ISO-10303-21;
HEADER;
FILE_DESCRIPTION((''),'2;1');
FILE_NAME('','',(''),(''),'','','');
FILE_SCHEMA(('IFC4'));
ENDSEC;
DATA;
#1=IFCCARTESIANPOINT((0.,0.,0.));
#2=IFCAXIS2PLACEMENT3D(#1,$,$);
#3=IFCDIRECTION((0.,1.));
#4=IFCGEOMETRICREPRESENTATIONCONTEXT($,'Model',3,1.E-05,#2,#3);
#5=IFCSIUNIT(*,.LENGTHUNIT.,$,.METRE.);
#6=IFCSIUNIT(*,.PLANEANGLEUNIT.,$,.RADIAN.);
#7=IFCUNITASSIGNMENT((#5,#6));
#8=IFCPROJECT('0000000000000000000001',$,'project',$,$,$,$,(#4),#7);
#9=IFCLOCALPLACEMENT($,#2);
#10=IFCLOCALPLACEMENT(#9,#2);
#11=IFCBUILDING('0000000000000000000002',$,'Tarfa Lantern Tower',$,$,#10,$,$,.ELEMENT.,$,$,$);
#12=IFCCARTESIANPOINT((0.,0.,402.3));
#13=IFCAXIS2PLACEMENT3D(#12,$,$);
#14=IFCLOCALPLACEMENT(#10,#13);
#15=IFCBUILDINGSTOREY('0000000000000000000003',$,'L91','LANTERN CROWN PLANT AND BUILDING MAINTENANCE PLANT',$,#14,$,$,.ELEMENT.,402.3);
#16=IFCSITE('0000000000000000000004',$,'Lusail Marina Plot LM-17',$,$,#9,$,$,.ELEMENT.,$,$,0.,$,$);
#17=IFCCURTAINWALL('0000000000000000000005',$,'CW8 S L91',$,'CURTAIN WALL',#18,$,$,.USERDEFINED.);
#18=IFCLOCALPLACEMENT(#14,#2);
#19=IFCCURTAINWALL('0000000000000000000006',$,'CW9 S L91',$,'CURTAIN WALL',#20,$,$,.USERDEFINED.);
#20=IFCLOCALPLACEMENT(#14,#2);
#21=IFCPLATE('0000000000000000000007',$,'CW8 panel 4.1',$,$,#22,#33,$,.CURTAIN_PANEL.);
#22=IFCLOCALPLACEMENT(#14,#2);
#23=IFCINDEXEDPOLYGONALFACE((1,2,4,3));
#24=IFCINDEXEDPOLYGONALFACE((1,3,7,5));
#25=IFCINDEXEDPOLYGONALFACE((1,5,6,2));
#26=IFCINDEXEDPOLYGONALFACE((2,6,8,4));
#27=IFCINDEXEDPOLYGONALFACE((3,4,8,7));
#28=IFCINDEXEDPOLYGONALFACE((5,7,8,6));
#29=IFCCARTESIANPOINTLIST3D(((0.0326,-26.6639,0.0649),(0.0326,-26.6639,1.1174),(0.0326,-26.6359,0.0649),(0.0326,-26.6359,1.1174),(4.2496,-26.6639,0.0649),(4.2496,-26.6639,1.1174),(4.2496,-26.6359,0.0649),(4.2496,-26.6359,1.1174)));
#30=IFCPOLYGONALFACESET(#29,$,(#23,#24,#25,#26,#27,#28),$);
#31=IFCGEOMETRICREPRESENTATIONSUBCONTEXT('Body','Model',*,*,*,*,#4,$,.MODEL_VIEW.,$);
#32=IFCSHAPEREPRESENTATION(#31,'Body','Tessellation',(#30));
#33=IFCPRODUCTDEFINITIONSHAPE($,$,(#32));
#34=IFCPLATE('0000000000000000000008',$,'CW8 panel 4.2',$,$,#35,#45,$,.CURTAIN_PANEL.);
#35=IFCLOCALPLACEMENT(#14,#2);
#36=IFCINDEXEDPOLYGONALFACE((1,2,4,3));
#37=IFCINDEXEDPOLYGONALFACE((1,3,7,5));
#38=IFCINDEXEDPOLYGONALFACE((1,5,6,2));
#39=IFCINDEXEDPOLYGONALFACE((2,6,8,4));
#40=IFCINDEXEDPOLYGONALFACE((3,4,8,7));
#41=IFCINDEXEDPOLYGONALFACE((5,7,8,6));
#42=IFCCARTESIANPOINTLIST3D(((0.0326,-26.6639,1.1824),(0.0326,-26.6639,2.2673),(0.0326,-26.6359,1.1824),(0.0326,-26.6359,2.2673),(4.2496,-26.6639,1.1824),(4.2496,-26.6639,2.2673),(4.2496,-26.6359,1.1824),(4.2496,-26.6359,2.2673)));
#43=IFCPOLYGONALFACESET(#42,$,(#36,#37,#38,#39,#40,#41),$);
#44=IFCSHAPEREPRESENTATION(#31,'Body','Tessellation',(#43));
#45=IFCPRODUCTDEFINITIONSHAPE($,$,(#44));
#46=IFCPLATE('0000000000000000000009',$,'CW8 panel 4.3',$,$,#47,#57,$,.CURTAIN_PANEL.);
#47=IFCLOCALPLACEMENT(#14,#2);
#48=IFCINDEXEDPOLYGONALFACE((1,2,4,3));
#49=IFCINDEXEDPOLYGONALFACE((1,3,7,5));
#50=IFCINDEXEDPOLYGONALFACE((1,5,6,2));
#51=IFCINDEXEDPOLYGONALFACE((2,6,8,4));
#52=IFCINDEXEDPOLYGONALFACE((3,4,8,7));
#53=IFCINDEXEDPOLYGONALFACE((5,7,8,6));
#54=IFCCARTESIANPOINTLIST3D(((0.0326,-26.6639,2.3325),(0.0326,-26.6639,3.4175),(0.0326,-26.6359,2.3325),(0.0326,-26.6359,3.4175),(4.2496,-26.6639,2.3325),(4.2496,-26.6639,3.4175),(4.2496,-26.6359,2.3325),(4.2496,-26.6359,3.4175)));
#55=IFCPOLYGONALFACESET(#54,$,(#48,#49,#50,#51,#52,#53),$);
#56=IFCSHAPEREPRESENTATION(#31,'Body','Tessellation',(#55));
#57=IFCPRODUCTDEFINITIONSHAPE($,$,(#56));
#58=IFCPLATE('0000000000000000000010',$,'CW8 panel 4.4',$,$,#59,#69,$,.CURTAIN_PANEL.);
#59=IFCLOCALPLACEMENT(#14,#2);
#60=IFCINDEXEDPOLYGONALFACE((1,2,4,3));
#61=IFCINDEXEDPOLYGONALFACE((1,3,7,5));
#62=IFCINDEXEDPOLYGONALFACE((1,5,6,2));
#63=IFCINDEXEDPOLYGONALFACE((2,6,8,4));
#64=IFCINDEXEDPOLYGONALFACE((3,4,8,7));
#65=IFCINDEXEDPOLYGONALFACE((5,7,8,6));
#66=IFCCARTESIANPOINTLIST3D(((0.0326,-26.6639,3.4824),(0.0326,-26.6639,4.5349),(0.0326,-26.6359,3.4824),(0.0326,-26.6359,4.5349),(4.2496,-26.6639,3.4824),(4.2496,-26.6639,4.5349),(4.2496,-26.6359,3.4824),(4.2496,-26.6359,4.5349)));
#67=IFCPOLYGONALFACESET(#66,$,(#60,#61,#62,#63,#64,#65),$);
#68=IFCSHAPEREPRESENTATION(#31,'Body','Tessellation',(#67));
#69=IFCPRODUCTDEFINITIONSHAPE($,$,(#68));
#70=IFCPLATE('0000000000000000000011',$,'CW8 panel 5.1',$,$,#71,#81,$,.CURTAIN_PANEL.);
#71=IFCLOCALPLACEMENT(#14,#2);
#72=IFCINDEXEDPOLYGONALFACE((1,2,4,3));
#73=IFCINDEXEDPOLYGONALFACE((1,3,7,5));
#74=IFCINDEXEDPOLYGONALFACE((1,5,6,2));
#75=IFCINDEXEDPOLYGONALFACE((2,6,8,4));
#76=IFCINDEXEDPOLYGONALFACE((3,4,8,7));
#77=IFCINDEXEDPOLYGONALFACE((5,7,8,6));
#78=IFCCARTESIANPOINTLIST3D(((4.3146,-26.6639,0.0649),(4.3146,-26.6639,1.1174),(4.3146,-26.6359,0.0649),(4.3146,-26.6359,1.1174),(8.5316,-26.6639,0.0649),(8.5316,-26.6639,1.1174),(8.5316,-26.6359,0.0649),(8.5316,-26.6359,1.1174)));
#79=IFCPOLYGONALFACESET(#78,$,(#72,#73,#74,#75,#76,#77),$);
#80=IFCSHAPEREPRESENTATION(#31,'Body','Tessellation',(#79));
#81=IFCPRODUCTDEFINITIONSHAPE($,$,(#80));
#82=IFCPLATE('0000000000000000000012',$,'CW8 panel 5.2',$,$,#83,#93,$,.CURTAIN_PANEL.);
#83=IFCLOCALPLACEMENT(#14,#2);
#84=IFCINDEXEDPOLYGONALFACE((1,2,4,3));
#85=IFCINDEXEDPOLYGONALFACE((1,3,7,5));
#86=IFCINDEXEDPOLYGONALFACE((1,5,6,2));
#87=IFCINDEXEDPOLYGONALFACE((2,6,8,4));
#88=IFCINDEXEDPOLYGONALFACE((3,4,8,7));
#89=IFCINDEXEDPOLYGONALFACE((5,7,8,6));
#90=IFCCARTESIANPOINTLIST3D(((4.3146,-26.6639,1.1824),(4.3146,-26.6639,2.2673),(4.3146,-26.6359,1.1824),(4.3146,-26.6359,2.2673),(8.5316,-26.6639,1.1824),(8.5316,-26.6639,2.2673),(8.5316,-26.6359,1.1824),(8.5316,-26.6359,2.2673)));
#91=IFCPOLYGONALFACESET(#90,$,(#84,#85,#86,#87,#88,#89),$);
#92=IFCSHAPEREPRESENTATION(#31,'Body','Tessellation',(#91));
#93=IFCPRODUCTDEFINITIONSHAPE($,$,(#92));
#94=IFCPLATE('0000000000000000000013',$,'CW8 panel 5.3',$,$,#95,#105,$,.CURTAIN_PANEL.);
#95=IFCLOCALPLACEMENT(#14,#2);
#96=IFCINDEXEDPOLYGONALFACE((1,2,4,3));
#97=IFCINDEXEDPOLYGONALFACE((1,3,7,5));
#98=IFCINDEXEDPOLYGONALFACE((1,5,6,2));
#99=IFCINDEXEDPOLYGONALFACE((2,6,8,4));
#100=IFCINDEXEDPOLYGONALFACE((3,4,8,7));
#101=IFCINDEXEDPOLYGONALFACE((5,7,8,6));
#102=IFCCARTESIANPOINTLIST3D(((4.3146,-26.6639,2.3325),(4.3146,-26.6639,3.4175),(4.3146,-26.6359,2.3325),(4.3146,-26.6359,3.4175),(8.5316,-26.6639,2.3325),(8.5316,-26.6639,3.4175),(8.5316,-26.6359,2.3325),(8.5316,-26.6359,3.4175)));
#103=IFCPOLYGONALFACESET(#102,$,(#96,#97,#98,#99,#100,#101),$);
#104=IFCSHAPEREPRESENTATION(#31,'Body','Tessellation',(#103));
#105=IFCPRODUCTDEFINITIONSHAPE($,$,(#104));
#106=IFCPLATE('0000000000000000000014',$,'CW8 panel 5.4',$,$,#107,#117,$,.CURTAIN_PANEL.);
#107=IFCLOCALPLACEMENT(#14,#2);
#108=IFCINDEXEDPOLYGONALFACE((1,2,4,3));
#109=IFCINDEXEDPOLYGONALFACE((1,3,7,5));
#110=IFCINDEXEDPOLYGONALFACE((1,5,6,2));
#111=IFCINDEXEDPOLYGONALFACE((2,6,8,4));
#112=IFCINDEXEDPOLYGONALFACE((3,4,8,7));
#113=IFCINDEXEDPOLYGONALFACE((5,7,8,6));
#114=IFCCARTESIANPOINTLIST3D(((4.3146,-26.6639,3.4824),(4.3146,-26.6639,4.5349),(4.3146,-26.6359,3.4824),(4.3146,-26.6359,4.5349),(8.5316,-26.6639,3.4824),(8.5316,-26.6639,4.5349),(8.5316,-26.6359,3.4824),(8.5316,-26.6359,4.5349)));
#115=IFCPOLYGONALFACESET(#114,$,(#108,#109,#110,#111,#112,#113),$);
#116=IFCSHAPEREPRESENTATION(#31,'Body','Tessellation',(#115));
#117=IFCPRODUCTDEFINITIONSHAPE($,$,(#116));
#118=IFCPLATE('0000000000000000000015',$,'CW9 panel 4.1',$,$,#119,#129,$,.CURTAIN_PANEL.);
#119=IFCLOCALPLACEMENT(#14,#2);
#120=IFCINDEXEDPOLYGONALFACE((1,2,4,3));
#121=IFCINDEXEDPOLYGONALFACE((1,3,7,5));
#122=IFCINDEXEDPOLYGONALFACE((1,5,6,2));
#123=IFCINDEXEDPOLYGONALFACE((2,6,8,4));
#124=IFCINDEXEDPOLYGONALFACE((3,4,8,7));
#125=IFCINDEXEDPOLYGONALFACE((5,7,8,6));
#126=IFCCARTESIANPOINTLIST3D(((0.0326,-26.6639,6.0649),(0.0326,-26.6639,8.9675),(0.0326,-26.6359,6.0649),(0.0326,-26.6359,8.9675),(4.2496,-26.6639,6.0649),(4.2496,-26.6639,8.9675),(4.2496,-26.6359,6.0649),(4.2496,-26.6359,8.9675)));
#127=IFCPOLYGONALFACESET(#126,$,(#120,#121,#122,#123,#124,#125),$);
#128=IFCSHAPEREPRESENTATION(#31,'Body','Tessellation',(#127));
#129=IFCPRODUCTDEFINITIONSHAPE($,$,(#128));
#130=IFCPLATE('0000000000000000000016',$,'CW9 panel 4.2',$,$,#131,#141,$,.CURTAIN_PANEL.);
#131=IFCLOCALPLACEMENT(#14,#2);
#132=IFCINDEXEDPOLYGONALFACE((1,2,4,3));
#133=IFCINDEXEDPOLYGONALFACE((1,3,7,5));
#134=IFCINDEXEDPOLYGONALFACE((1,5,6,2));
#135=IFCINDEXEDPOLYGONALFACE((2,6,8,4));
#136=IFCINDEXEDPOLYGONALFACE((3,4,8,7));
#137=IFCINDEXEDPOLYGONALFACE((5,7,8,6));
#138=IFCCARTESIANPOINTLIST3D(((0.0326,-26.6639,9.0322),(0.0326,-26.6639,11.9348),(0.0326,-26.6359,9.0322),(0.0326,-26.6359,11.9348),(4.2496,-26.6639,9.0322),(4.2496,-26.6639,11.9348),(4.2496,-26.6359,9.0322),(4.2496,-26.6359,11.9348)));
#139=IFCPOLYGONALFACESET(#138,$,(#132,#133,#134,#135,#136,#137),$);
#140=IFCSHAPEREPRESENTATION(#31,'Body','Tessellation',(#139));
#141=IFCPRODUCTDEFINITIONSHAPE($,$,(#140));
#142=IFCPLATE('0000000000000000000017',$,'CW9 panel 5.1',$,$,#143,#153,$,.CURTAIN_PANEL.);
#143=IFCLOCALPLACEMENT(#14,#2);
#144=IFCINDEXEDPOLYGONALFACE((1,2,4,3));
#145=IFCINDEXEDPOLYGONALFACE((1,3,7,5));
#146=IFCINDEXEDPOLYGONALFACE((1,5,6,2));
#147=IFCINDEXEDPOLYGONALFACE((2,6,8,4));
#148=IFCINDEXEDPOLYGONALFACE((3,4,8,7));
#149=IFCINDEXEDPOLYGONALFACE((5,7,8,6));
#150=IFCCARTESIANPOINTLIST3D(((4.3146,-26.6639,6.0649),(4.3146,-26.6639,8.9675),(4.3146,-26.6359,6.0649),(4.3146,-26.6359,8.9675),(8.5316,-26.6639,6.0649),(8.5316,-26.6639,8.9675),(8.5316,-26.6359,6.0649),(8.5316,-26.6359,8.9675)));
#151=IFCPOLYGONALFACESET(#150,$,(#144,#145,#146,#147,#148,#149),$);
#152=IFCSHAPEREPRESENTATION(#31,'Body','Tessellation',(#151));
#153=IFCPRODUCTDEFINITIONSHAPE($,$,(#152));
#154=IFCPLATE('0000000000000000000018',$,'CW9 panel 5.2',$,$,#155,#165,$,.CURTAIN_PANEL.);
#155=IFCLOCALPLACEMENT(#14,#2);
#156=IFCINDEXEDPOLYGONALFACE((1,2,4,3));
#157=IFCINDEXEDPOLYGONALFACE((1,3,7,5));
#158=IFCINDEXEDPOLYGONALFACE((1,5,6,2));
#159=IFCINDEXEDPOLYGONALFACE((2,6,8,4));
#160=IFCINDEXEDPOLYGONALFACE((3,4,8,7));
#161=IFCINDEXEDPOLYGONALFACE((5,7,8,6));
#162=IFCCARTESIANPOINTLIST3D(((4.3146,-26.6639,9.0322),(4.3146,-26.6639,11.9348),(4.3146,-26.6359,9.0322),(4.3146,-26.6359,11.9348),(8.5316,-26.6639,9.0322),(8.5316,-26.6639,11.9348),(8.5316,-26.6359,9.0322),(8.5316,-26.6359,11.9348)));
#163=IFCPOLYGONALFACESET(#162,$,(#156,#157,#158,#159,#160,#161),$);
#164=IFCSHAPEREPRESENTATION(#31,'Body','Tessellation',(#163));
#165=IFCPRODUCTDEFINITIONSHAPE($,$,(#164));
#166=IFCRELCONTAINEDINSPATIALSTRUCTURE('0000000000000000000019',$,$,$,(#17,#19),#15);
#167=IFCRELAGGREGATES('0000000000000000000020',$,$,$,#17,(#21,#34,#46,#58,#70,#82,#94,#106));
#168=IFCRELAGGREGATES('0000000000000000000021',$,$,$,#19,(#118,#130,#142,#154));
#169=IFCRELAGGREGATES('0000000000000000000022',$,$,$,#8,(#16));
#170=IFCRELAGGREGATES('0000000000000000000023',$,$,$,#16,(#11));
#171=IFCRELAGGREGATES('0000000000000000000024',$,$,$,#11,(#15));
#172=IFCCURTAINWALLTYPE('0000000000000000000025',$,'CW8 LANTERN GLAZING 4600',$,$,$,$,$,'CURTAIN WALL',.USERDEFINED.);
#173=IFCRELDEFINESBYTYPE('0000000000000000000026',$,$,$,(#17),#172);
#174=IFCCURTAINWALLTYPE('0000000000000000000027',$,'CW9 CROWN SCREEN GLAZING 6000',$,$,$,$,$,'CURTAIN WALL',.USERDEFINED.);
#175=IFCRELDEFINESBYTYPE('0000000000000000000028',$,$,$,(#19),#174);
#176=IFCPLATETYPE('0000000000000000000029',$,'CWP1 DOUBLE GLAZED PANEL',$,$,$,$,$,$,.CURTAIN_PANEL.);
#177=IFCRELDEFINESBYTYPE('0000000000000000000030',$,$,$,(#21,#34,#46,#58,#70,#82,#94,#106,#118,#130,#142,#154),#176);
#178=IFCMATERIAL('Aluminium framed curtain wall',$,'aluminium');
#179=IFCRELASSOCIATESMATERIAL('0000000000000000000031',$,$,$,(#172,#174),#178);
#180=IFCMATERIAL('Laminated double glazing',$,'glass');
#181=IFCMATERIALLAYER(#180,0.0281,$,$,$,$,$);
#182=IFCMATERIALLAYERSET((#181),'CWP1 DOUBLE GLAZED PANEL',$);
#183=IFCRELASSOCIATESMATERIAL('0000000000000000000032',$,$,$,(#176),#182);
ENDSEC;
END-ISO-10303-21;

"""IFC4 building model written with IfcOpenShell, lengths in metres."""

from ifc_helpers import new_model, si_unit, direction, frame, origin, origin_2d, place, context, subcontext, project, spatial, rectangle, extrude, material, layer, layer_set, type_object, element, aggregate, save


model = new_model("IFC4")

# Units and contexts
model_context = context("Model", 3, precision=1e-05, world=origin(), true_north=direction((0.0, 1.0)))
body_context = subcontext(model_context, "Body", "Model", "MODEL_VIEW")
ifc_project = project(units=[si_unit("LENGTHUNIT", "METRE"), si_unit("PLANEANGLEUNIT", "RADIAN")], contexts=[model_context])

# Site, building, storey
site_placement = place(None, origin())
site = spatial("IfcSite", under=ifc_project, at=site_placement, Name="Lusail Marina Plot LM-17", CompositionType="ELEMENT", RefElevation=0.0)
building_placement = place(site_placement, origin())
building = spatial("IfcBuilding", under=site, at=building_placement, Name="Tarfa Lantern Tower", CompositionType="ELEMENT")
storey_placement = place(building_placement, frame((0.0, 0.0, 402.3)))
storey = spatial("IfcBuildingStorey", under=building, at=storey_placement, Name="L91", Description="LANTERN CROWN PLANT AND BUILDING MAINTENANCE PLANT", CompositionType="ELEMENT", Elevation=402.3)

# Curtain walls
ifc_material_1 = material(Name="Aluminium framed curtain wall", Category="aluminium")
curtain_wall_type_1 = type_object("IfcCurtainWallType", Name="CW8 LANTERN GLAZING 4600", ElementType="CURTAIN WALL", PredefinedType="USERDEFINED", material=ifc_material_1)
curtain_wall_1_placement = place(storey_placement, origin())
curtain_wall_1 = element("IfcCurtainWall", 1, at=curtain_wall_1_placement, inside=storey, type_object=curtain_wall_type_1, Name="CW8 S L91", ObjectType="CURTAIN WALL", PredefinedType="USERDEFINED")
curtain_wall_type_2 = type_object("IfcCurtainWallType", Name="CW9 CROWN SCREEN GLAZING 6000", ElementType="CURTAIN WALL", PredefinedType="USERDEFINED", material=ifc_material_1)
curtain_wall_2_placement = place(storey_placement, origin())
curtain_wall_2 = element("IfcCurtainWall", 2, at=curtain_wall_2_placement, inside=storey, type_object=curtain_wall_type_2, Name="CW9 S L91", ObjectType="CURTAIN WALL", PredefinedType="USERDEFINED")

# Plates
ifc_material_2 = material(Name="Laminated double glazing", Category="glass")
ifc_layer = layer(ifc_material_2, 0.0281)
ifc_layer_set = layer_set([ifc_layer], Name="CWP1 DOUBLE GLAZED PANEL")
plate_type = type_object("IfcPlateType", Name="CWP1 DOUBLE GLAZED PANEL", PredefinedType="CURTAIN_PANEL", material=ifc_layer_set)
plate_1_placement = place(storey_placement, frame((2.1411, -26.6499, 0.0649), z_axis=(0.0, 0.0, 1.0), x_axis=(1.0, 0.0, 0.0)))
plate_1 = element("IfcPlate", 3, at=plate_1_placement, type_object=plate_type, Name="CW8 panel 4.1", PredefinedType="CURTAIN_PANEL", context=body_context, shape_type="SweptSolid", body=[
    extrude(rectangle(XDim=4.217, YDim=0.0281, at=origin_2d()), origin(), (0.0, 0.0, 1.0), 1.0525),
])
plate_2_placement = place(storey_placement, frame((2.1411, -26.6499, 1.1824), z_axis=(0.0, 0.0, 1.0), x_axis=(1.0, 0.0, 0.0)))
plate_2 = element("IfcPlate", 4, at=plate_2_placement, type_object=plate_type, Name="CW8 panel 4.2", PredefinedType="CURTAIN_PANEL", context=body_context, shape_type="SweptSolid", body=[
    extrude(rectangle(XDim=4.217, YDim=0.0281, at=origin_2d()), origin(), (0.0, 0.0, 1.0), 1.085),
])
plate_3_placement = place(storey_placement, frame((2.1411, -26.6499, 2.3325), z_axis=(0.0, 0.0, 1.0), x_axis=(1.0, 0.0, 0.0)))
plate_3 = element("IfcPlate", 5, at=plate_3_placement, type_object=plate_type, Name="CW8 panel 4.3", PredefinedType="CURTAIN_PANEL", context=body_context, shape_type="SweptSolid", body=[
    extrude(rectangle(XDim=4.217, YDim=0.0281, at=origin_2d()), origin(), (0.0, 0.0, 1.0), 1.085),
])
plate_4_placement = place(storey_placement, frame((2.1411, -26.6499, 3.4824), z_axis=(0.0, 0.0, 1.0), x_axis=(1.0, 0.0, 0.0)))
plate_4 = element("IfcPlate", 6, at=plate_4_placement, type_object=plate_type, Name="CW8 panel 4.4", PredefinedType="CURTAIN_PANEL", context=body_context, shape_type="SweptSolid", body=[
    extrude(rectangle(XDim=4.217, YDim=0.0281, at=origin_2d()), origin(), (0.0, 0.0, 1.0), 1.0525),
])
plate_5_placement = place(storey_placement, frame((6.4231, -26.6499, 0.0649), z_axis=(0.0, 0.0, 1.0), x_axis=(1.0, 0.0, 0.0)))
plate_5 = element("IfcPlate", 7, at=plate_5_placement, type_object=plate_type, Name="CW8 panel 5.1", PredefinedType="CURTAIN_PANEL", context=body_context, shape_type="SweptSolid", body=[
    extrude(rectangle(XDim=4.217, YDim=0.0281, at=origin_2d()), origin(), (0.0, 0.0, 1.0), 1.0525),
])
plate_6_placement = place(storey_placement, frame((6.4231, -26.6499, 1.1824), z_axis=(0.0, 0.0, 1.0), x_axis=(1.0, 0.0, 0.0)))
plate_6 = element("IfcPlate", 8, at=plate_6_placement, type_object=plate_type, Name="CW8 panel 5.2", PredefinedType="CURTAIN_PANEL", context=body_context, shape_type="SweptSolid", body=[
    extrude(rectangle(XDim=4.217, YDim=0.0281, at=origin_2d()), origin(), (0.0, 0.0, 1.0), 1.085),
])
plate_7_placement = place(storey_placement, frame((6.4231, -26.6499, 2.3325), z_axis=(0.0, 0.0, 1.0), x_axis=(1.0, 0.0, 0.0)))
plate_7 = element("IfcPlate", 9, at=plate_7_placement, type_object=plate_type, Name="CW8 panel 5.3", PredefinedType="CURTAIN_PANEL", context=body_context, shape_type="SweptSolid", body=[
    extrude(rectangle(XDim=4.217, YDim=0.0281, at=origin_2d()), origin(), (0.0, 0.0, 1.0), 1.085),
])
plate_8_placement = place(storey_placement, frame((6.4231, -26.6499, 3.4824), z_axis=(0.0, 0.0, 1.0), x_axis=(1.0, 0.0, 0.0)))
plate_8 = element("IfcPlate", 10, at=plate_8_placement, type_object=plate_type, Name="CW8 panel 5.4", PredefinedType="CURTAIN_PANEL", context=body_context, shape_type="SweptSolid", body=[
    extrude(rectangle(XDim=4.217, YDim=0.0281, at=origin_2d()), origin(), (0.0, 0.0, 1.0), 1.0525),
])
aggregate(curtain_wall_1, [plate_1, plate_2, plate_3, plate_4, plate_5, plate_6, plate_7, plate_8])
plate_9_placement = place(storey_placement, frame((2.1411, -26.6499, 6.0649), z_axis=(0.0, 0.0, 1.0), x_axis=(1.0, 0.0, 0.0)))
plate_9 = element("IfcPlate", 11, at=plate_9_placement, type_object=plate_type, Name="CW9 panel 4.1", PredefinedType="CURTAIN_PANEL", context=body_context, shape_type="SweptSolid", body=[
    extrude(rectangle(XDim=4.217, YDim=0.0281, at=origin_2d()), origin(), (0.0, 0.0, 1.0), 2.9026),
])
plate_10_placement = place(storey_placement, frame((2.1411, -26.6499, 9.0322), z_axis=(0.0, 0.0, 1.0), x_axis=(1.0, 0.0, 0.0)))
plate_10 = element("IfcPlate", 12, at=plate_10_placement, type_object=plate_type, Name="CW9 panel 4.2", PredefinedType="CURTAIN_PANEL", context=body_context, shape_type="SweptSolid", body=[
    extrude(rectangle(XDim=4.217, YDim=0.0281, at=origin_2d()), origin(), (0.0, 0.0, 1.0), 2.9026),
])
plate_11_placement = place(storey_placement, frame((6.4231, -26.6499, 6.0649), z_axis=(0.0, 0.0, 1.0), x_axis=(1.0, 0.0, 0.0)))
plate_11 = element("IfcPlate", 13, at=plate_11_placement, type_object=plate_type, Name="CW9 panel 5.1", PredefinedType="CURTAIN_PANEL", context=body_context, shape_type="SweptSolid", body=[
    extrude(rectangle(XDim=4.217, YDim=0.0281, at=origin_2d()), origin(), (0.0, 0.0, 1.0), 2.9026),
])
plate_12_placement = place(storey_placement, frame((6.4231, -26.6499, 9.0322), z_axis=(0.0, 0.0, 1.0), x_axis=(1.0, 0.0, 0.0)))
plate_12 = element("IfcPlate", 14, at=plate_12_placement, type_object=plate_type, Name="CW9 panel 5.2", PredefinedType="CURTAIN_PANEL", context=body_context, shape_type="SweptSolid", body=[
    extrude(rectangle(XDim=4.217, YDim=0.0281, at=origin_2d()), origin(), (0.0, 0.0, 1.0), 2.9026),
])
aggregate(curtain_wall_2, [plate_9, plate_10, plate_11, plate_12])

save(model, "model.ifc")
